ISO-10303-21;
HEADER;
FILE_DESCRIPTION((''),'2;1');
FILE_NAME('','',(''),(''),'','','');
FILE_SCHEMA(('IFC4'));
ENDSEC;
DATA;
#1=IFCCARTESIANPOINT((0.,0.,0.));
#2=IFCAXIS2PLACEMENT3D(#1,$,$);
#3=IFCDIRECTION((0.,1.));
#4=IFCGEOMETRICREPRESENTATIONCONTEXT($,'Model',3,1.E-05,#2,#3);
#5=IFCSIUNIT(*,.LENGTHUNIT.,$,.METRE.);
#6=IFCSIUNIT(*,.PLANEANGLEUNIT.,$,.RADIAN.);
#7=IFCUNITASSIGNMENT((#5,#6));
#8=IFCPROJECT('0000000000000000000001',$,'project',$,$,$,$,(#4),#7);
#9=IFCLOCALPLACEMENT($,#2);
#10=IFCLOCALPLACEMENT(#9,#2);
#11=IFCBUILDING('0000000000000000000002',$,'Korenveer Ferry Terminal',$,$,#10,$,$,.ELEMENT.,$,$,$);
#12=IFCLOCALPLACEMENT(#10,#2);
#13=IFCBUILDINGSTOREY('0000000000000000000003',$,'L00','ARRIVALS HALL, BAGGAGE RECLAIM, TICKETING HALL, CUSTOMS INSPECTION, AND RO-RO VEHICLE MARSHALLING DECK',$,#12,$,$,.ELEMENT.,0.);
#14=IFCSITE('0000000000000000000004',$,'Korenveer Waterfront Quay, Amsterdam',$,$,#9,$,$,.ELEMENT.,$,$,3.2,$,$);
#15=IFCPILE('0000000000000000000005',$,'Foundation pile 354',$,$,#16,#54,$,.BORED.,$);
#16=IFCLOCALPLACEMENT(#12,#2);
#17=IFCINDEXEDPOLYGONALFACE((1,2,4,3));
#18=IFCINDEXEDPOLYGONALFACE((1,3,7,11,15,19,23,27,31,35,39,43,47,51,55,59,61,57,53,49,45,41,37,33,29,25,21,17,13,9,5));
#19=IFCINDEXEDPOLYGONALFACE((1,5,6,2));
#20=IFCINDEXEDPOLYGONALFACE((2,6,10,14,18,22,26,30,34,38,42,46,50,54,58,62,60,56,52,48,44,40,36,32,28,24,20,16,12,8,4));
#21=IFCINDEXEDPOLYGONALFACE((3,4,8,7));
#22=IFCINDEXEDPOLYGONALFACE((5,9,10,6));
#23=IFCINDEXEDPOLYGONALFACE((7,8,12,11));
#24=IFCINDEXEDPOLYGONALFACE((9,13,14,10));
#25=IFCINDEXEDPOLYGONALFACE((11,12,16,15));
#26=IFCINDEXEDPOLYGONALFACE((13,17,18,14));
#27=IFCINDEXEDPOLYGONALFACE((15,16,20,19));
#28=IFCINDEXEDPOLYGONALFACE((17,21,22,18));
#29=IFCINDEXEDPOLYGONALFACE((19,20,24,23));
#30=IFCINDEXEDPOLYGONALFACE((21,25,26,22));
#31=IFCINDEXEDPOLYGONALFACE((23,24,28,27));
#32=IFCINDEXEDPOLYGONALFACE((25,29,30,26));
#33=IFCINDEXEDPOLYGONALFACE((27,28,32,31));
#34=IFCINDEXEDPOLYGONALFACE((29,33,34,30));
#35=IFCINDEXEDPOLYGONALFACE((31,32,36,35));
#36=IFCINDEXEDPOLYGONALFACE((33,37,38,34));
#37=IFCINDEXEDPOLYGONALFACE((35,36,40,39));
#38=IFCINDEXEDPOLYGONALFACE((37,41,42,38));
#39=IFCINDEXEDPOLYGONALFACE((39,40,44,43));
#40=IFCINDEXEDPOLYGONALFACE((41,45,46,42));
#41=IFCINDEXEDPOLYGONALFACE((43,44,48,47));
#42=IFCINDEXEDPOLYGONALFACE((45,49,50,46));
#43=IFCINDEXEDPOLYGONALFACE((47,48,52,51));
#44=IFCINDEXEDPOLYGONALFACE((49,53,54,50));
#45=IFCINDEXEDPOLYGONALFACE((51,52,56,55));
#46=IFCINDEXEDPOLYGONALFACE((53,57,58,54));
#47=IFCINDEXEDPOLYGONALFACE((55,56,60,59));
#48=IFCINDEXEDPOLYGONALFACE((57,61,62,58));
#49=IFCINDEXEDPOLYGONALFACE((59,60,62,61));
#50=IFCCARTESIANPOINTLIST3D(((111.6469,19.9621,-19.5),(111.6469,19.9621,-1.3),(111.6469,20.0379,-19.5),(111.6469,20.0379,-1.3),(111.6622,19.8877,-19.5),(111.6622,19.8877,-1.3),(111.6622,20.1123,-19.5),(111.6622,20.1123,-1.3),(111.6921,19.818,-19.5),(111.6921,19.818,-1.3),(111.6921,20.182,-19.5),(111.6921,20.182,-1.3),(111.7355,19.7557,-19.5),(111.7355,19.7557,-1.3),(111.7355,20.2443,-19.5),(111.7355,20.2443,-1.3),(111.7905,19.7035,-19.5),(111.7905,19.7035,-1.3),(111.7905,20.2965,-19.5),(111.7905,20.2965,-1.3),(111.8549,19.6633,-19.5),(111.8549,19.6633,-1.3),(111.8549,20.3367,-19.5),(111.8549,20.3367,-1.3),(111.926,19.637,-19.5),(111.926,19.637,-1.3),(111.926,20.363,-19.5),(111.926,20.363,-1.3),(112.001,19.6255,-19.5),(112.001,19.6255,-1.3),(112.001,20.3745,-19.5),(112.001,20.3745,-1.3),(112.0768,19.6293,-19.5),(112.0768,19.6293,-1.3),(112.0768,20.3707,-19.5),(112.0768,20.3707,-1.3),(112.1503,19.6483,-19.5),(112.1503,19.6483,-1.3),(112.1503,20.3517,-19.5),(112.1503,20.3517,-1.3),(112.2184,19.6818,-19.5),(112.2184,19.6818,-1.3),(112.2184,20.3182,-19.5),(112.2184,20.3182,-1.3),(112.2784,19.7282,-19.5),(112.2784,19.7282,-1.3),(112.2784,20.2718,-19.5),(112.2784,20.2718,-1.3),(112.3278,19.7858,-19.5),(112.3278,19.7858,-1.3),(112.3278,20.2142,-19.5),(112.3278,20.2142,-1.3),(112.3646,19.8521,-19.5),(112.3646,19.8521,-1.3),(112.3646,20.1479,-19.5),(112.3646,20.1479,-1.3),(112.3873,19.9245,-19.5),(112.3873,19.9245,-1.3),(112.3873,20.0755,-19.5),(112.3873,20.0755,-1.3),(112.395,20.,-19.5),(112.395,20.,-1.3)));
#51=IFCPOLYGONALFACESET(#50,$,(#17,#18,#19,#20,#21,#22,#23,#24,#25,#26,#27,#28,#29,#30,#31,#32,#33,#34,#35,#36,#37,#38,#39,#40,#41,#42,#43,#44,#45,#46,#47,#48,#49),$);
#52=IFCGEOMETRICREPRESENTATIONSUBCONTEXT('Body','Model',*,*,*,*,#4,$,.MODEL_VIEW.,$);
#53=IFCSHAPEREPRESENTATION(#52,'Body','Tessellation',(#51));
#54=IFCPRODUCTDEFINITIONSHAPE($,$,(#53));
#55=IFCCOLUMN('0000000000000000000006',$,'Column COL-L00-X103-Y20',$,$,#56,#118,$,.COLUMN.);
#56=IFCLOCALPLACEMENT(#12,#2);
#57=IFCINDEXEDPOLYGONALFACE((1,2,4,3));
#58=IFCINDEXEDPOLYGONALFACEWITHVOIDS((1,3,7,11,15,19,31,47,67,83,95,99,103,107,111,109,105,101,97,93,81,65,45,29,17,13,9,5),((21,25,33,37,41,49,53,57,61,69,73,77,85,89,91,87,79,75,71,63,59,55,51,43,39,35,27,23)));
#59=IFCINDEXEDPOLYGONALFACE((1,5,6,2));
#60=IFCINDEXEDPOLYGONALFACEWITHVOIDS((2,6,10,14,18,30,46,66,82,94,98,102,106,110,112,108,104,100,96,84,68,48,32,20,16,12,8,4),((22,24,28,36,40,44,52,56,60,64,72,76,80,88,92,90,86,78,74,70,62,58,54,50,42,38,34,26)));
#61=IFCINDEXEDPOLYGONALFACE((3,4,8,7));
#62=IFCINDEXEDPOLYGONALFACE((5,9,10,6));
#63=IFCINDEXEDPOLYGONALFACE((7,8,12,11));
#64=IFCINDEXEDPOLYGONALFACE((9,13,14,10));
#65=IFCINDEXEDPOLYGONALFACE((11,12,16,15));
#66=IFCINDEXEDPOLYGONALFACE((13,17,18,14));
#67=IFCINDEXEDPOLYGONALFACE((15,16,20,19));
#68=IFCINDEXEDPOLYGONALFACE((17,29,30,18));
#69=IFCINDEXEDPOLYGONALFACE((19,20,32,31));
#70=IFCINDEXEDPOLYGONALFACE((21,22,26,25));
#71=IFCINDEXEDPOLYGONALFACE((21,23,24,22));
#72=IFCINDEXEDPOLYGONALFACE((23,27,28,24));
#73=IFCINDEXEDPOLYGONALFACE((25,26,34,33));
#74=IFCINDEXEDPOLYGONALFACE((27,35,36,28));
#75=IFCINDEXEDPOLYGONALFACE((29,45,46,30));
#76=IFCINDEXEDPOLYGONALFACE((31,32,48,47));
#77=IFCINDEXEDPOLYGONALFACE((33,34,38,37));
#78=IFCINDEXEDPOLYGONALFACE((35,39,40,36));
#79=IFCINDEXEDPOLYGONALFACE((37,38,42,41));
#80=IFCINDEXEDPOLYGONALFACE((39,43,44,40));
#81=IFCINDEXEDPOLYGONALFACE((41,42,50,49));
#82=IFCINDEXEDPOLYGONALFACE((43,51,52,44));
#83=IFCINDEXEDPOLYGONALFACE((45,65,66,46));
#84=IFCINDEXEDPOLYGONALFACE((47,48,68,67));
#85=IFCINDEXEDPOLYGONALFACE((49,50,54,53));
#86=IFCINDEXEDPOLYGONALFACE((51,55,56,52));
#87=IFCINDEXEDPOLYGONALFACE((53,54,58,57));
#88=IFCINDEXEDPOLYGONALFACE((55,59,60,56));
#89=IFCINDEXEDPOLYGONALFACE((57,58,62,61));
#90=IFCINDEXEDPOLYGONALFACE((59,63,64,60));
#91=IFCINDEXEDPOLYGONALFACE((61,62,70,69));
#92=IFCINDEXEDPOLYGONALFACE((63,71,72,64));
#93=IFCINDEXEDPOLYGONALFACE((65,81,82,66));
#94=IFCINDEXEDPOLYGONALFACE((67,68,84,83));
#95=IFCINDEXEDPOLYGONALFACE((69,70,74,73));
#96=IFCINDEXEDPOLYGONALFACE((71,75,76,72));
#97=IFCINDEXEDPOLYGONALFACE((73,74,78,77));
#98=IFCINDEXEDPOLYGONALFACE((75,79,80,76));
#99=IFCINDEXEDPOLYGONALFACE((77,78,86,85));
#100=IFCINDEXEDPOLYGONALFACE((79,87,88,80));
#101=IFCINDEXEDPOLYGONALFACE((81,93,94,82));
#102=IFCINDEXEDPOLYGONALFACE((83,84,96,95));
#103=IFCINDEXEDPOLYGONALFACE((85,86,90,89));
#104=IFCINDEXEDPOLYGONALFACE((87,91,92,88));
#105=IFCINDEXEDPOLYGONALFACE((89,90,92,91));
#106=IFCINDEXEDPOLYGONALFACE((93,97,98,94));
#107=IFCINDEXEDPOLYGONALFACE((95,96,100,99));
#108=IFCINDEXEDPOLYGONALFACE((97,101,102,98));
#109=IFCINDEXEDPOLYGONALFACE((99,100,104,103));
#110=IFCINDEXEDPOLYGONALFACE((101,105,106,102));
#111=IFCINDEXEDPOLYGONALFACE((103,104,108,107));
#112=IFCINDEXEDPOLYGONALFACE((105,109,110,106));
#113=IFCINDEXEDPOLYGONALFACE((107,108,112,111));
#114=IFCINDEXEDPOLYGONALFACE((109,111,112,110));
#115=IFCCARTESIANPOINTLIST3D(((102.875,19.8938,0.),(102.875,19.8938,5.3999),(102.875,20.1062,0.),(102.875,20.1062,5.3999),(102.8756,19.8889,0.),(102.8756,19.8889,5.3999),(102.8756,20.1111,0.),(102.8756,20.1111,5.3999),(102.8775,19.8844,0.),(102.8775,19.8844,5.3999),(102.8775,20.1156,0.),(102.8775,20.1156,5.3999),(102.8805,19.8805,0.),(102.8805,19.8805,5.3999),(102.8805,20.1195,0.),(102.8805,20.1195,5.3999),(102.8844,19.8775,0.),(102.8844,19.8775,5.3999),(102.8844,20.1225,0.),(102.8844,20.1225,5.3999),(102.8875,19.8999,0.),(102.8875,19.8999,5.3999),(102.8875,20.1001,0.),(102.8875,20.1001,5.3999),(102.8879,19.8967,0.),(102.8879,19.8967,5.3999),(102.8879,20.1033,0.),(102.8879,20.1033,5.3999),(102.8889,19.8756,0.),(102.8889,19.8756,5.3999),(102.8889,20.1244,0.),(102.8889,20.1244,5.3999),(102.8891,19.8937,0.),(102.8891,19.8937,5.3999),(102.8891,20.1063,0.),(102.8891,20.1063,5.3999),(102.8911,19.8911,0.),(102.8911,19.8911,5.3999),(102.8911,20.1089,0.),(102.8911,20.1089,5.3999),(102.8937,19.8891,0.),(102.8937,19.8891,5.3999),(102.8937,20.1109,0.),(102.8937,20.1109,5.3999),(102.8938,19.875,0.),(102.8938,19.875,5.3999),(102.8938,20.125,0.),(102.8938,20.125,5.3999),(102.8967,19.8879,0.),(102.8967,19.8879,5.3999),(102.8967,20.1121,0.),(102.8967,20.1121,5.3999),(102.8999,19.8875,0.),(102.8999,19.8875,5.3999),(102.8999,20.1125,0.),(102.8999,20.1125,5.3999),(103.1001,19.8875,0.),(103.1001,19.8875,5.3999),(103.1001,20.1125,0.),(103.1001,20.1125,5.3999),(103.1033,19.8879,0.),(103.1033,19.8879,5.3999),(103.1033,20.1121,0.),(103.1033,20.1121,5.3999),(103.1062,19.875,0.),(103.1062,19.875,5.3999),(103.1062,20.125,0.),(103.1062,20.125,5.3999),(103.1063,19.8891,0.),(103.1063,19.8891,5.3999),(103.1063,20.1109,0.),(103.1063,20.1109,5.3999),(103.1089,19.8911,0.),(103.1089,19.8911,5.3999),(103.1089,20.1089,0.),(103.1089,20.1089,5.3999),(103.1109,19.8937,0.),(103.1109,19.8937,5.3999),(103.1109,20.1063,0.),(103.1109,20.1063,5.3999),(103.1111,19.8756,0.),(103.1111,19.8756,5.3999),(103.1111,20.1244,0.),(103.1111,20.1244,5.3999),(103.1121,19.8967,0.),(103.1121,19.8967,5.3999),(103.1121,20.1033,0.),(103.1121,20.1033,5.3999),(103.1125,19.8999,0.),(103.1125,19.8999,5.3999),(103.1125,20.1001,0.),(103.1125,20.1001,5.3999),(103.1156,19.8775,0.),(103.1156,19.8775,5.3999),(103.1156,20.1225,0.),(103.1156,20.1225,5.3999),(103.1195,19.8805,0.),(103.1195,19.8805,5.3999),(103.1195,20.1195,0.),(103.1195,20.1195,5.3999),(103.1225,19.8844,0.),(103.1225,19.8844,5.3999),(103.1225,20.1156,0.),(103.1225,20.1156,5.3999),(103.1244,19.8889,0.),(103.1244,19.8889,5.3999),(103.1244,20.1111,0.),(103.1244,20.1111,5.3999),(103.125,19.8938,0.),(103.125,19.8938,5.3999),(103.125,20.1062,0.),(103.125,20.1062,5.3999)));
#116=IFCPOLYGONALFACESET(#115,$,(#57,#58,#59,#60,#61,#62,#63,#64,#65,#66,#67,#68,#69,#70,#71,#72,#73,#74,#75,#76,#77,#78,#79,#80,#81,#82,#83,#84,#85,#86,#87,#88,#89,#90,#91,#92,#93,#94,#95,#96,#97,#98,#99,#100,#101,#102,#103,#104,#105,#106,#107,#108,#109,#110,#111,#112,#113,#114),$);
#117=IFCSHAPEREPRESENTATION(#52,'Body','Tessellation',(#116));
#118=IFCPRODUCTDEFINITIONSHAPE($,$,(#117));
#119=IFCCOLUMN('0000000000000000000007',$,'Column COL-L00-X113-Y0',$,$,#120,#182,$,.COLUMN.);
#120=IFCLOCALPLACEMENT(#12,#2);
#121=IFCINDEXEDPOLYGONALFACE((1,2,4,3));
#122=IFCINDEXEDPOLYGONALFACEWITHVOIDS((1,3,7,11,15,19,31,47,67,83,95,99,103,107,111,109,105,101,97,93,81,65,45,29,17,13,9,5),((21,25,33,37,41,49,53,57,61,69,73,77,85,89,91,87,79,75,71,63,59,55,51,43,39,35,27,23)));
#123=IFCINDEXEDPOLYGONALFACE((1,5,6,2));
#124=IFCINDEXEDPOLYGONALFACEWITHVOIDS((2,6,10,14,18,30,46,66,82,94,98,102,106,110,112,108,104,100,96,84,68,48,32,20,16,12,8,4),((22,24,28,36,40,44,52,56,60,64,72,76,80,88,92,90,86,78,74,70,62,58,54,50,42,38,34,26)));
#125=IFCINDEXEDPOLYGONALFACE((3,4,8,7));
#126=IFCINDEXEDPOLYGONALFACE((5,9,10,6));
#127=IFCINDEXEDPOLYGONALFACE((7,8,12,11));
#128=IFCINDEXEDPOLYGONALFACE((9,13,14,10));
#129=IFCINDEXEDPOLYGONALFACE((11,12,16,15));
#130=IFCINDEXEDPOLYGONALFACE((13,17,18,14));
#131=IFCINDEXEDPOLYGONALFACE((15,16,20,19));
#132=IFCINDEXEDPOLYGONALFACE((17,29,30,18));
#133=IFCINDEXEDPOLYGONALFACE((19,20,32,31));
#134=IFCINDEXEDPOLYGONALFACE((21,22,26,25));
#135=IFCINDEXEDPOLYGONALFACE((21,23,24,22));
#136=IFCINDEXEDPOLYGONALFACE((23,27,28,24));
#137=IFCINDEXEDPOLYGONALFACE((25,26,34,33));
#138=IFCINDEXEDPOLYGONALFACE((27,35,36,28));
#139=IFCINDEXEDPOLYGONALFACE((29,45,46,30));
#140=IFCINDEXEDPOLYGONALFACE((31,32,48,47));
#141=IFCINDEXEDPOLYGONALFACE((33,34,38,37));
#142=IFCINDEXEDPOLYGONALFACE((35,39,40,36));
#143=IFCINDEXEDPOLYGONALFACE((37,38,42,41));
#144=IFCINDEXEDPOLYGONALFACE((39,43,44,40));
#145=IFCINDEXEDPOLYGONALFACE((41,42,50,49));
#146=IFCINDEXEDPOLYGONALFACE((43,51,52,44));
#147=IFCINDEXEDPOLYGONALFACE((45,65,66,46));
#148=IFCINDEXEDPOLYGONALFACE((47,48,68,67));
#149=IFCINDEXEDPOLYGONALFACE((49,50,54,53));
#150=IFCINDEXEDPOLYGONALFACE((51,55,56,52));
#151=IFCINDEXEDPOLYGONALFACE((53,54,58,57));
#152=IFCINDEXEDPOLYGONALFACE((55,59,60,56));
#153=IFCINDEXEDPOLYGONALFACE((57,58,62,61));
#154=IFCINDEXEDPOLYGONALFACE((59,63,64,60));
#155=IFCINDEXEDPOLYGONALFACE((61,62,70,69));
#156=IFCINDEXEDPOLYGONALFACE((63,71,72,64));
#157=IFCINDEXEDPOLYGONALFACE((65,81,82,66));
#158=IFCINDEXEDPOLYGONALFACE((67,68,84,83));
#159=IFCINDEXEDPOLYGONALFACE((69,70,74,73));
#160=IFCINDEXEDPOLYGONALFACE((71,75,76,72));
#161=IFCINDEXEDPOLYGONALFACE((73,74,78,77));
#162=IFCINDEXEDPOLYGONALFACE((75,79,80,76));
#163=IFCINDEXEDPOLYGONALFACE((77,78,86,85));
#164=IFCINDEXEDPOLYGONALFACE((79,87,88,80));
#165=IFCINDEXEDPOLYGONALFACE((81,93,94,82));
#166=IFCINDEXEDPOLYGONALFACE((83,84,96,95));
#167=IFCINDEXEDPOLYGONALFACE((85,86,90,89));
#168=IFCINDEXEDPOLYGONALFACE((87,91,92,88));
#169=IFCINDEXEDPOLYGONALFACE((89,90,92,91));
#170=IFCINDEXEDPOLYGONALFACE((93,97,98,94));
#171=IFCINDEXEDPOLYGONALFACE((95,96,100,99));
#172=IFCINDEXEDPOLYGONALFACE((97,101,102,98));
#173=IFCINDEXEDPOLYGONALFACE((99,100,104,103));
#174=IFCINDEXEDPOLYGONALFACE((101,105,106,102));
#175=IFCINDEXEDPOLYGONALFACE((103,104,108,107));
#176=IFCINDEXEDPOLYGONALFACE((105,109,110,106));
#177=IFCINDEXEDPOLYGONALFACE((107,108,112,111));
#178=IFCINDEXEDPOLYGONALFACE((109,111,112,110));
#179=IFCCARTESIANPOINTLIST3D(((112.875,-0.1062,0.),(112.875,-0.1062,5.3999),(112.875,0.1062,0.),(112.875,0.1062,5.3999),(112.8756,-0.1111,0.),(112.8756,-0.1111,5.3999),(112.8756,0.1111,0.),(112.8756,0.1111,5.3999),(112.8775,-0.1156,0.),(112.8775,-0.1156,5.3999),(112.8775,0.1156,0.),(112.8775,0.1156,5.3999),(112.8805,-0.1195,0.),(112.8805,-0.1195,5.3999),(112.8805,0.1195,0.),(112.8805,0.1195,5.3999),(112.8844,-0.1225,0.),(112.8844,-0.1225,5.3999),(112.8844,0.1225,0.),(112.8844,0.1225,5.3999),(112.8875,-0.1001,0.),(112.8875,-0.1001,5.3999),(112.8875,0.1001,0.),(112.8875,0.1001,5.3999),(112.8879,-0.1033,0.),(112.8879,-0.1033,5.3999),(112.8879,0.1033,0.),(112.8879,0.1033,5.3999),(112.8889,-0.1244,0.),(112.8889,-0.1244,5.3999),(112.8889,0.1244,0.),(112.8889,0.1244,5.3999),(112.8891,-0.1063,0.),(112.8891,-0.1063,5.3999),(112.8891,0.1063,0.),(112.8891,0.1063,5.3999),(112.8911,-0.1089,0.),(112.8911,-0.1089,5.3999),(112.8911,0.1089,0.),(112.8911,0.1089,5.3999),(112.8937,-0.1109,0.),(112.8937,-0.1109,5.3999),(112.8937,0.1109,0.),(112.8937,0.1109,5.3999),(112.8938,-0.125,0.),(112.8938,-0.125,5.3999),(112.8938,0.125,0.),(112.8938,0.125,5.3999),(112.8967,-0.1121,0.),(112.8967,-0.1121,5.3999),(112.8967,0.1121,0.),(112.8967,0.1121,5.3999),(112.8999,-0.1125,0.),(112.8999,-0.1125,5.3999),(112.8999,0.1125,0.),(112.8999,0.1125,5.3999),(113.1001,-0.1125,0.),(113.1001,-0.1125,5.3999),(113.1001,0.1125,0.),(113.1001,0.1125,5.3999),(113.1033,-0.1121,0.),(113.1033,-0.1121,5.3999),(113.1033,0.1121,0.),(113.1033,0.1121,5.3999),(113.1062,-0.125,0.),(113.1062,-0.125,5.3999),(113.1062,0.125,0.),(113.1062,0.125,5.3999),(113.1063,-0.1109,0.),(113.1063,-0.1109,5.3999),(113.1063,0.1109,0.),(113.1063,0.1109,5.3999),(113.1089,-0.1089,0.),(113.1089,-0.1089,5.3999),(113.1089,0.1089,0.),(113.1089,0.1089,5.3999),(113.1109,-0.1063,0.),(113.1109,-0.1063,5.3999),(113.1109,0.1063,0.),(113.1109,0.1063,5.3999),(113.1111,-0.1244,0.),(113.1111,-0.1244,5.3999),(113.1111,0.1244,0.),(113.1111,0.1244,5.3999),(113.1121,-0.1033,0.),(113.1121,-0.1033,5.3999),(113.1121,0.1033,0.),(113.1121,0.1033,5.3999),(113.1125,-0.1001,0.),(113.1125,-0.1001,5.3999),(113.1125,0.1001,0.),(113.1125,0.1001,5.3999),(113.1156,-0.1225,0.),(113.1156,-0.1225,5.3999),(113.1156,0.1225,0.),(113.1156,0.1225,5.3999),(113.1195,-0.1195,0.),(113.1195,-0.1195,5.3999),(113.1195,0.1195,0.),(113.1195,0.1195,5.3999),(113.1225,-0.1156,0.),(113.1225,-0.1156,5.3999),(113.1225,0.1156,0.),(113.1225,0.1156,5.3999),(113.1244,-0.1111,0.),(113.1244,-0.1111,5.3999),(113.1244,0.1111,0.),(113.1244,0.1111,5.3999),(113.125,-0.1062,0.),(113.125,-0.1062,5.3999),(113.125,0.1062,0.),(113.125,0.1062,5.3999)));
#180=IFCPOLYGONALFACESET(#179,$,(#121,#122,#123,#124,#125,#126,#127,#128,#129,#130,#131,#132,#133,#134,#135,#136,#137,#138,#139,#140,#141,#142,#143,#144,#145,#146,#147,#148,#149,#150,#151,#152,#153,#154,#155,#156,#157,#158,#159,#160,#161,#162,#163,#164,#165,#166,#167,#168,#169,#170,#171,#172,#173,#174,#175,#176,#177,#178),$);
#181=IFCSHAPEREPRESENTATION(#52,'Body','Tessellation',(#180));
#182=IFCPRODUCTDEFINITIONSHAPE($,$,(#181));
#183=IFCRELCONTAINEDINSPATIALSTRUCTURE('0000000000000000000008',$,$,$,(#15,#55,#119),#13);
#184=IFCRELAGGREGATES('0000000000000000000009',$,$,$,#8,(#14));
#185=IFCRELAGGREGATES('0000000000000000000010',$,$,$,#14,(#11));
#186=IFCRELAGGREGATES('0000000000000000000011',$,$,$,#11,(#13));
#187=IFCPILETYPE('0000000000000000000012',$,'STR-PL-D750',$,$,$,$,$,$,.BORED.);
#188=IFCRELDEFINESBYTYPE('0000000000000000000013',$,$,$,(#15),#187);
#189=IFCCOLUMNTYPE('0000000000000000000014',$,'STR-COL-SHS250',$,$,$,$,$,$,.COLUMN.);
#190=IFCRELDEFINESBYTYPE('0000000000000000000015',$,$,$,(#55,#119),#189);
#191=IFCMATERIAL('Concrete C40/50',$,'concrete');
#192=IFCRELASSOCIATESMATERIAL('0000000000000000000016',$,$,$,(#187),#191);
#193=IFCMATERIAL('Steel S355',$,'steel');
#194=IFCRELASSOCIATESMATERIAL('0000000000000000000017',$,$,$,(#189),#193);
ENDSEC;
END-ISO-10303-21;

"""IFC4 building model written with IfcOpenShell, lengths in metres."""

from ifc_helpers import new_model, si_unit, direction, frame, origin, origin_2d, place, context, subcontext, project, spatial, hollow_rectangle, circle, extrude, material, material_profile, profile_set, type_object, element, save


model = new_model("IFC4")

# Units and contexts
model_context = context("Model", 3, precision=1e-05, world=origin(), true_north=direction((0.0, 1.0)))
body_context = subcontext(model_context, "Body", "Model", "MODEL_VIEW")
ifc_project = project(units=[si_unit("LENGTHUNIT", "METRE"), si_unit("PLANEANGLEUNIT", "RADIAN")], contexts=[model_context])

# Site, building, storey
site_placement = place(None, origin())
site = spatial("IfcSite", under=ifc_project, at=site_placement, Name="Korenveer Waterfront Quay, Amsterdam", CompositionType="ELEMENT", RefElevation=3.2)
building_placement = place(site_placement, origin())
building = spatial("IfcBuilding", under=site, at=building_placement, Name="Korenveer Ferry Terminal", CompositionType="ELEMENT")
storey_placement = place(building_placement, origin())
storey = spatial("IfcBuildingStorey", under=building, at=storey_placement, Name="L00", Description="ARRIVALS HALL, BAGGAGE RECLAIM, TICKETING HALL, CUSTOMS INSPECTION, AND RO-RO VEHICLE MARSHALLING DECK", CompositionType="ELEMENT", Elevation=0.0)

# Shared definitions
ifc_material_1 = material(Name="Concrete C40/50", Category="concrete")

# Pile
ifc_material_profile_1 = material_profile(ifc_material_1, circle(Radius=0.375, at=origin_2d()), Name="PILE D750")
ifc_profile_set_1 = profile_set([ifc_material_profile_1], Name="Concrete C40/50")
pile_type_1 = type_object("IfcPileType", Name="STR-PL-D750", PredefinedType="BORED", material=ifc_profile_set_1)
pile_placement = place(storey_placement, frame((112.02, 20.0, -1.3), z_axis=(0.0, 0.0, -1.0), x_axis=(1.0, 0.0, 0.0)))
element("IfcPile", 1, at=pile_placement, inside=storey, type_object=pile_type_1, Name="Foundation pile 354", PredefinedType="BORED", context=body_context, shape_type="SweptSolid", body=[
    extrude(circle(Radius=0.375, at=origin_2d()), origin(), (0.0, 0.0, 1.0), 18.2),
])

# Columns
ifc_material_2 = material(Name="Steel S355", Category="steel")
ifc_material_profile_2 = material_profile(ifc_material_2, hollow_rectangle(XDim=0.25, YDim=0.25, WallThickness=0.0125, InnerFilletRadius=0.0125, OuterFilletRadius=0.0188, at=origin_2d()), Name="SHS 250x250x12.5")
ifc_profile_set_2 = profile_set([ifc_material_profile_2], Name="Steel S355")
column_type = type_object("IfcColumnType", Name="STR-COL-SHS250", PredefinedType="COLUMN", material=ifc_profile_set_2)
for number, where, z_axis, x_axis, name in (
    (2, (103.0, 20.0, 0.0), (0.0, 0.0, 1.0), (1.0, 0.0, 0.0), "Column COL-L00-X103-Y20"),
    (3, (113.0, 0.0, 0.0), (0.0, 0.0, 1.0), (1.0, 0.0, 0.0), "Column COL-L00-X113-Y0"),
):
    element("IfcColumn", number, at=place(storey_placement, frame(where, z_axis=z_axis, x_axis=x_axis)), inside=storey, type_object=column_type, Name=name, PredefinedType="COLUMN", context=body_context, shape_type="SweptSolid", body=[
        extrude(hollow_rectangle(XDim=0.25, YDim=0.25, WallThickness=0.0125, InnerFilletRadius=0.0125, OuterFilletRadius=0.0188, at=origin_2d()), origin(), (0.0, 0.0, 1.0), 5.3999),
    ])

save(model, "model.ifc")
